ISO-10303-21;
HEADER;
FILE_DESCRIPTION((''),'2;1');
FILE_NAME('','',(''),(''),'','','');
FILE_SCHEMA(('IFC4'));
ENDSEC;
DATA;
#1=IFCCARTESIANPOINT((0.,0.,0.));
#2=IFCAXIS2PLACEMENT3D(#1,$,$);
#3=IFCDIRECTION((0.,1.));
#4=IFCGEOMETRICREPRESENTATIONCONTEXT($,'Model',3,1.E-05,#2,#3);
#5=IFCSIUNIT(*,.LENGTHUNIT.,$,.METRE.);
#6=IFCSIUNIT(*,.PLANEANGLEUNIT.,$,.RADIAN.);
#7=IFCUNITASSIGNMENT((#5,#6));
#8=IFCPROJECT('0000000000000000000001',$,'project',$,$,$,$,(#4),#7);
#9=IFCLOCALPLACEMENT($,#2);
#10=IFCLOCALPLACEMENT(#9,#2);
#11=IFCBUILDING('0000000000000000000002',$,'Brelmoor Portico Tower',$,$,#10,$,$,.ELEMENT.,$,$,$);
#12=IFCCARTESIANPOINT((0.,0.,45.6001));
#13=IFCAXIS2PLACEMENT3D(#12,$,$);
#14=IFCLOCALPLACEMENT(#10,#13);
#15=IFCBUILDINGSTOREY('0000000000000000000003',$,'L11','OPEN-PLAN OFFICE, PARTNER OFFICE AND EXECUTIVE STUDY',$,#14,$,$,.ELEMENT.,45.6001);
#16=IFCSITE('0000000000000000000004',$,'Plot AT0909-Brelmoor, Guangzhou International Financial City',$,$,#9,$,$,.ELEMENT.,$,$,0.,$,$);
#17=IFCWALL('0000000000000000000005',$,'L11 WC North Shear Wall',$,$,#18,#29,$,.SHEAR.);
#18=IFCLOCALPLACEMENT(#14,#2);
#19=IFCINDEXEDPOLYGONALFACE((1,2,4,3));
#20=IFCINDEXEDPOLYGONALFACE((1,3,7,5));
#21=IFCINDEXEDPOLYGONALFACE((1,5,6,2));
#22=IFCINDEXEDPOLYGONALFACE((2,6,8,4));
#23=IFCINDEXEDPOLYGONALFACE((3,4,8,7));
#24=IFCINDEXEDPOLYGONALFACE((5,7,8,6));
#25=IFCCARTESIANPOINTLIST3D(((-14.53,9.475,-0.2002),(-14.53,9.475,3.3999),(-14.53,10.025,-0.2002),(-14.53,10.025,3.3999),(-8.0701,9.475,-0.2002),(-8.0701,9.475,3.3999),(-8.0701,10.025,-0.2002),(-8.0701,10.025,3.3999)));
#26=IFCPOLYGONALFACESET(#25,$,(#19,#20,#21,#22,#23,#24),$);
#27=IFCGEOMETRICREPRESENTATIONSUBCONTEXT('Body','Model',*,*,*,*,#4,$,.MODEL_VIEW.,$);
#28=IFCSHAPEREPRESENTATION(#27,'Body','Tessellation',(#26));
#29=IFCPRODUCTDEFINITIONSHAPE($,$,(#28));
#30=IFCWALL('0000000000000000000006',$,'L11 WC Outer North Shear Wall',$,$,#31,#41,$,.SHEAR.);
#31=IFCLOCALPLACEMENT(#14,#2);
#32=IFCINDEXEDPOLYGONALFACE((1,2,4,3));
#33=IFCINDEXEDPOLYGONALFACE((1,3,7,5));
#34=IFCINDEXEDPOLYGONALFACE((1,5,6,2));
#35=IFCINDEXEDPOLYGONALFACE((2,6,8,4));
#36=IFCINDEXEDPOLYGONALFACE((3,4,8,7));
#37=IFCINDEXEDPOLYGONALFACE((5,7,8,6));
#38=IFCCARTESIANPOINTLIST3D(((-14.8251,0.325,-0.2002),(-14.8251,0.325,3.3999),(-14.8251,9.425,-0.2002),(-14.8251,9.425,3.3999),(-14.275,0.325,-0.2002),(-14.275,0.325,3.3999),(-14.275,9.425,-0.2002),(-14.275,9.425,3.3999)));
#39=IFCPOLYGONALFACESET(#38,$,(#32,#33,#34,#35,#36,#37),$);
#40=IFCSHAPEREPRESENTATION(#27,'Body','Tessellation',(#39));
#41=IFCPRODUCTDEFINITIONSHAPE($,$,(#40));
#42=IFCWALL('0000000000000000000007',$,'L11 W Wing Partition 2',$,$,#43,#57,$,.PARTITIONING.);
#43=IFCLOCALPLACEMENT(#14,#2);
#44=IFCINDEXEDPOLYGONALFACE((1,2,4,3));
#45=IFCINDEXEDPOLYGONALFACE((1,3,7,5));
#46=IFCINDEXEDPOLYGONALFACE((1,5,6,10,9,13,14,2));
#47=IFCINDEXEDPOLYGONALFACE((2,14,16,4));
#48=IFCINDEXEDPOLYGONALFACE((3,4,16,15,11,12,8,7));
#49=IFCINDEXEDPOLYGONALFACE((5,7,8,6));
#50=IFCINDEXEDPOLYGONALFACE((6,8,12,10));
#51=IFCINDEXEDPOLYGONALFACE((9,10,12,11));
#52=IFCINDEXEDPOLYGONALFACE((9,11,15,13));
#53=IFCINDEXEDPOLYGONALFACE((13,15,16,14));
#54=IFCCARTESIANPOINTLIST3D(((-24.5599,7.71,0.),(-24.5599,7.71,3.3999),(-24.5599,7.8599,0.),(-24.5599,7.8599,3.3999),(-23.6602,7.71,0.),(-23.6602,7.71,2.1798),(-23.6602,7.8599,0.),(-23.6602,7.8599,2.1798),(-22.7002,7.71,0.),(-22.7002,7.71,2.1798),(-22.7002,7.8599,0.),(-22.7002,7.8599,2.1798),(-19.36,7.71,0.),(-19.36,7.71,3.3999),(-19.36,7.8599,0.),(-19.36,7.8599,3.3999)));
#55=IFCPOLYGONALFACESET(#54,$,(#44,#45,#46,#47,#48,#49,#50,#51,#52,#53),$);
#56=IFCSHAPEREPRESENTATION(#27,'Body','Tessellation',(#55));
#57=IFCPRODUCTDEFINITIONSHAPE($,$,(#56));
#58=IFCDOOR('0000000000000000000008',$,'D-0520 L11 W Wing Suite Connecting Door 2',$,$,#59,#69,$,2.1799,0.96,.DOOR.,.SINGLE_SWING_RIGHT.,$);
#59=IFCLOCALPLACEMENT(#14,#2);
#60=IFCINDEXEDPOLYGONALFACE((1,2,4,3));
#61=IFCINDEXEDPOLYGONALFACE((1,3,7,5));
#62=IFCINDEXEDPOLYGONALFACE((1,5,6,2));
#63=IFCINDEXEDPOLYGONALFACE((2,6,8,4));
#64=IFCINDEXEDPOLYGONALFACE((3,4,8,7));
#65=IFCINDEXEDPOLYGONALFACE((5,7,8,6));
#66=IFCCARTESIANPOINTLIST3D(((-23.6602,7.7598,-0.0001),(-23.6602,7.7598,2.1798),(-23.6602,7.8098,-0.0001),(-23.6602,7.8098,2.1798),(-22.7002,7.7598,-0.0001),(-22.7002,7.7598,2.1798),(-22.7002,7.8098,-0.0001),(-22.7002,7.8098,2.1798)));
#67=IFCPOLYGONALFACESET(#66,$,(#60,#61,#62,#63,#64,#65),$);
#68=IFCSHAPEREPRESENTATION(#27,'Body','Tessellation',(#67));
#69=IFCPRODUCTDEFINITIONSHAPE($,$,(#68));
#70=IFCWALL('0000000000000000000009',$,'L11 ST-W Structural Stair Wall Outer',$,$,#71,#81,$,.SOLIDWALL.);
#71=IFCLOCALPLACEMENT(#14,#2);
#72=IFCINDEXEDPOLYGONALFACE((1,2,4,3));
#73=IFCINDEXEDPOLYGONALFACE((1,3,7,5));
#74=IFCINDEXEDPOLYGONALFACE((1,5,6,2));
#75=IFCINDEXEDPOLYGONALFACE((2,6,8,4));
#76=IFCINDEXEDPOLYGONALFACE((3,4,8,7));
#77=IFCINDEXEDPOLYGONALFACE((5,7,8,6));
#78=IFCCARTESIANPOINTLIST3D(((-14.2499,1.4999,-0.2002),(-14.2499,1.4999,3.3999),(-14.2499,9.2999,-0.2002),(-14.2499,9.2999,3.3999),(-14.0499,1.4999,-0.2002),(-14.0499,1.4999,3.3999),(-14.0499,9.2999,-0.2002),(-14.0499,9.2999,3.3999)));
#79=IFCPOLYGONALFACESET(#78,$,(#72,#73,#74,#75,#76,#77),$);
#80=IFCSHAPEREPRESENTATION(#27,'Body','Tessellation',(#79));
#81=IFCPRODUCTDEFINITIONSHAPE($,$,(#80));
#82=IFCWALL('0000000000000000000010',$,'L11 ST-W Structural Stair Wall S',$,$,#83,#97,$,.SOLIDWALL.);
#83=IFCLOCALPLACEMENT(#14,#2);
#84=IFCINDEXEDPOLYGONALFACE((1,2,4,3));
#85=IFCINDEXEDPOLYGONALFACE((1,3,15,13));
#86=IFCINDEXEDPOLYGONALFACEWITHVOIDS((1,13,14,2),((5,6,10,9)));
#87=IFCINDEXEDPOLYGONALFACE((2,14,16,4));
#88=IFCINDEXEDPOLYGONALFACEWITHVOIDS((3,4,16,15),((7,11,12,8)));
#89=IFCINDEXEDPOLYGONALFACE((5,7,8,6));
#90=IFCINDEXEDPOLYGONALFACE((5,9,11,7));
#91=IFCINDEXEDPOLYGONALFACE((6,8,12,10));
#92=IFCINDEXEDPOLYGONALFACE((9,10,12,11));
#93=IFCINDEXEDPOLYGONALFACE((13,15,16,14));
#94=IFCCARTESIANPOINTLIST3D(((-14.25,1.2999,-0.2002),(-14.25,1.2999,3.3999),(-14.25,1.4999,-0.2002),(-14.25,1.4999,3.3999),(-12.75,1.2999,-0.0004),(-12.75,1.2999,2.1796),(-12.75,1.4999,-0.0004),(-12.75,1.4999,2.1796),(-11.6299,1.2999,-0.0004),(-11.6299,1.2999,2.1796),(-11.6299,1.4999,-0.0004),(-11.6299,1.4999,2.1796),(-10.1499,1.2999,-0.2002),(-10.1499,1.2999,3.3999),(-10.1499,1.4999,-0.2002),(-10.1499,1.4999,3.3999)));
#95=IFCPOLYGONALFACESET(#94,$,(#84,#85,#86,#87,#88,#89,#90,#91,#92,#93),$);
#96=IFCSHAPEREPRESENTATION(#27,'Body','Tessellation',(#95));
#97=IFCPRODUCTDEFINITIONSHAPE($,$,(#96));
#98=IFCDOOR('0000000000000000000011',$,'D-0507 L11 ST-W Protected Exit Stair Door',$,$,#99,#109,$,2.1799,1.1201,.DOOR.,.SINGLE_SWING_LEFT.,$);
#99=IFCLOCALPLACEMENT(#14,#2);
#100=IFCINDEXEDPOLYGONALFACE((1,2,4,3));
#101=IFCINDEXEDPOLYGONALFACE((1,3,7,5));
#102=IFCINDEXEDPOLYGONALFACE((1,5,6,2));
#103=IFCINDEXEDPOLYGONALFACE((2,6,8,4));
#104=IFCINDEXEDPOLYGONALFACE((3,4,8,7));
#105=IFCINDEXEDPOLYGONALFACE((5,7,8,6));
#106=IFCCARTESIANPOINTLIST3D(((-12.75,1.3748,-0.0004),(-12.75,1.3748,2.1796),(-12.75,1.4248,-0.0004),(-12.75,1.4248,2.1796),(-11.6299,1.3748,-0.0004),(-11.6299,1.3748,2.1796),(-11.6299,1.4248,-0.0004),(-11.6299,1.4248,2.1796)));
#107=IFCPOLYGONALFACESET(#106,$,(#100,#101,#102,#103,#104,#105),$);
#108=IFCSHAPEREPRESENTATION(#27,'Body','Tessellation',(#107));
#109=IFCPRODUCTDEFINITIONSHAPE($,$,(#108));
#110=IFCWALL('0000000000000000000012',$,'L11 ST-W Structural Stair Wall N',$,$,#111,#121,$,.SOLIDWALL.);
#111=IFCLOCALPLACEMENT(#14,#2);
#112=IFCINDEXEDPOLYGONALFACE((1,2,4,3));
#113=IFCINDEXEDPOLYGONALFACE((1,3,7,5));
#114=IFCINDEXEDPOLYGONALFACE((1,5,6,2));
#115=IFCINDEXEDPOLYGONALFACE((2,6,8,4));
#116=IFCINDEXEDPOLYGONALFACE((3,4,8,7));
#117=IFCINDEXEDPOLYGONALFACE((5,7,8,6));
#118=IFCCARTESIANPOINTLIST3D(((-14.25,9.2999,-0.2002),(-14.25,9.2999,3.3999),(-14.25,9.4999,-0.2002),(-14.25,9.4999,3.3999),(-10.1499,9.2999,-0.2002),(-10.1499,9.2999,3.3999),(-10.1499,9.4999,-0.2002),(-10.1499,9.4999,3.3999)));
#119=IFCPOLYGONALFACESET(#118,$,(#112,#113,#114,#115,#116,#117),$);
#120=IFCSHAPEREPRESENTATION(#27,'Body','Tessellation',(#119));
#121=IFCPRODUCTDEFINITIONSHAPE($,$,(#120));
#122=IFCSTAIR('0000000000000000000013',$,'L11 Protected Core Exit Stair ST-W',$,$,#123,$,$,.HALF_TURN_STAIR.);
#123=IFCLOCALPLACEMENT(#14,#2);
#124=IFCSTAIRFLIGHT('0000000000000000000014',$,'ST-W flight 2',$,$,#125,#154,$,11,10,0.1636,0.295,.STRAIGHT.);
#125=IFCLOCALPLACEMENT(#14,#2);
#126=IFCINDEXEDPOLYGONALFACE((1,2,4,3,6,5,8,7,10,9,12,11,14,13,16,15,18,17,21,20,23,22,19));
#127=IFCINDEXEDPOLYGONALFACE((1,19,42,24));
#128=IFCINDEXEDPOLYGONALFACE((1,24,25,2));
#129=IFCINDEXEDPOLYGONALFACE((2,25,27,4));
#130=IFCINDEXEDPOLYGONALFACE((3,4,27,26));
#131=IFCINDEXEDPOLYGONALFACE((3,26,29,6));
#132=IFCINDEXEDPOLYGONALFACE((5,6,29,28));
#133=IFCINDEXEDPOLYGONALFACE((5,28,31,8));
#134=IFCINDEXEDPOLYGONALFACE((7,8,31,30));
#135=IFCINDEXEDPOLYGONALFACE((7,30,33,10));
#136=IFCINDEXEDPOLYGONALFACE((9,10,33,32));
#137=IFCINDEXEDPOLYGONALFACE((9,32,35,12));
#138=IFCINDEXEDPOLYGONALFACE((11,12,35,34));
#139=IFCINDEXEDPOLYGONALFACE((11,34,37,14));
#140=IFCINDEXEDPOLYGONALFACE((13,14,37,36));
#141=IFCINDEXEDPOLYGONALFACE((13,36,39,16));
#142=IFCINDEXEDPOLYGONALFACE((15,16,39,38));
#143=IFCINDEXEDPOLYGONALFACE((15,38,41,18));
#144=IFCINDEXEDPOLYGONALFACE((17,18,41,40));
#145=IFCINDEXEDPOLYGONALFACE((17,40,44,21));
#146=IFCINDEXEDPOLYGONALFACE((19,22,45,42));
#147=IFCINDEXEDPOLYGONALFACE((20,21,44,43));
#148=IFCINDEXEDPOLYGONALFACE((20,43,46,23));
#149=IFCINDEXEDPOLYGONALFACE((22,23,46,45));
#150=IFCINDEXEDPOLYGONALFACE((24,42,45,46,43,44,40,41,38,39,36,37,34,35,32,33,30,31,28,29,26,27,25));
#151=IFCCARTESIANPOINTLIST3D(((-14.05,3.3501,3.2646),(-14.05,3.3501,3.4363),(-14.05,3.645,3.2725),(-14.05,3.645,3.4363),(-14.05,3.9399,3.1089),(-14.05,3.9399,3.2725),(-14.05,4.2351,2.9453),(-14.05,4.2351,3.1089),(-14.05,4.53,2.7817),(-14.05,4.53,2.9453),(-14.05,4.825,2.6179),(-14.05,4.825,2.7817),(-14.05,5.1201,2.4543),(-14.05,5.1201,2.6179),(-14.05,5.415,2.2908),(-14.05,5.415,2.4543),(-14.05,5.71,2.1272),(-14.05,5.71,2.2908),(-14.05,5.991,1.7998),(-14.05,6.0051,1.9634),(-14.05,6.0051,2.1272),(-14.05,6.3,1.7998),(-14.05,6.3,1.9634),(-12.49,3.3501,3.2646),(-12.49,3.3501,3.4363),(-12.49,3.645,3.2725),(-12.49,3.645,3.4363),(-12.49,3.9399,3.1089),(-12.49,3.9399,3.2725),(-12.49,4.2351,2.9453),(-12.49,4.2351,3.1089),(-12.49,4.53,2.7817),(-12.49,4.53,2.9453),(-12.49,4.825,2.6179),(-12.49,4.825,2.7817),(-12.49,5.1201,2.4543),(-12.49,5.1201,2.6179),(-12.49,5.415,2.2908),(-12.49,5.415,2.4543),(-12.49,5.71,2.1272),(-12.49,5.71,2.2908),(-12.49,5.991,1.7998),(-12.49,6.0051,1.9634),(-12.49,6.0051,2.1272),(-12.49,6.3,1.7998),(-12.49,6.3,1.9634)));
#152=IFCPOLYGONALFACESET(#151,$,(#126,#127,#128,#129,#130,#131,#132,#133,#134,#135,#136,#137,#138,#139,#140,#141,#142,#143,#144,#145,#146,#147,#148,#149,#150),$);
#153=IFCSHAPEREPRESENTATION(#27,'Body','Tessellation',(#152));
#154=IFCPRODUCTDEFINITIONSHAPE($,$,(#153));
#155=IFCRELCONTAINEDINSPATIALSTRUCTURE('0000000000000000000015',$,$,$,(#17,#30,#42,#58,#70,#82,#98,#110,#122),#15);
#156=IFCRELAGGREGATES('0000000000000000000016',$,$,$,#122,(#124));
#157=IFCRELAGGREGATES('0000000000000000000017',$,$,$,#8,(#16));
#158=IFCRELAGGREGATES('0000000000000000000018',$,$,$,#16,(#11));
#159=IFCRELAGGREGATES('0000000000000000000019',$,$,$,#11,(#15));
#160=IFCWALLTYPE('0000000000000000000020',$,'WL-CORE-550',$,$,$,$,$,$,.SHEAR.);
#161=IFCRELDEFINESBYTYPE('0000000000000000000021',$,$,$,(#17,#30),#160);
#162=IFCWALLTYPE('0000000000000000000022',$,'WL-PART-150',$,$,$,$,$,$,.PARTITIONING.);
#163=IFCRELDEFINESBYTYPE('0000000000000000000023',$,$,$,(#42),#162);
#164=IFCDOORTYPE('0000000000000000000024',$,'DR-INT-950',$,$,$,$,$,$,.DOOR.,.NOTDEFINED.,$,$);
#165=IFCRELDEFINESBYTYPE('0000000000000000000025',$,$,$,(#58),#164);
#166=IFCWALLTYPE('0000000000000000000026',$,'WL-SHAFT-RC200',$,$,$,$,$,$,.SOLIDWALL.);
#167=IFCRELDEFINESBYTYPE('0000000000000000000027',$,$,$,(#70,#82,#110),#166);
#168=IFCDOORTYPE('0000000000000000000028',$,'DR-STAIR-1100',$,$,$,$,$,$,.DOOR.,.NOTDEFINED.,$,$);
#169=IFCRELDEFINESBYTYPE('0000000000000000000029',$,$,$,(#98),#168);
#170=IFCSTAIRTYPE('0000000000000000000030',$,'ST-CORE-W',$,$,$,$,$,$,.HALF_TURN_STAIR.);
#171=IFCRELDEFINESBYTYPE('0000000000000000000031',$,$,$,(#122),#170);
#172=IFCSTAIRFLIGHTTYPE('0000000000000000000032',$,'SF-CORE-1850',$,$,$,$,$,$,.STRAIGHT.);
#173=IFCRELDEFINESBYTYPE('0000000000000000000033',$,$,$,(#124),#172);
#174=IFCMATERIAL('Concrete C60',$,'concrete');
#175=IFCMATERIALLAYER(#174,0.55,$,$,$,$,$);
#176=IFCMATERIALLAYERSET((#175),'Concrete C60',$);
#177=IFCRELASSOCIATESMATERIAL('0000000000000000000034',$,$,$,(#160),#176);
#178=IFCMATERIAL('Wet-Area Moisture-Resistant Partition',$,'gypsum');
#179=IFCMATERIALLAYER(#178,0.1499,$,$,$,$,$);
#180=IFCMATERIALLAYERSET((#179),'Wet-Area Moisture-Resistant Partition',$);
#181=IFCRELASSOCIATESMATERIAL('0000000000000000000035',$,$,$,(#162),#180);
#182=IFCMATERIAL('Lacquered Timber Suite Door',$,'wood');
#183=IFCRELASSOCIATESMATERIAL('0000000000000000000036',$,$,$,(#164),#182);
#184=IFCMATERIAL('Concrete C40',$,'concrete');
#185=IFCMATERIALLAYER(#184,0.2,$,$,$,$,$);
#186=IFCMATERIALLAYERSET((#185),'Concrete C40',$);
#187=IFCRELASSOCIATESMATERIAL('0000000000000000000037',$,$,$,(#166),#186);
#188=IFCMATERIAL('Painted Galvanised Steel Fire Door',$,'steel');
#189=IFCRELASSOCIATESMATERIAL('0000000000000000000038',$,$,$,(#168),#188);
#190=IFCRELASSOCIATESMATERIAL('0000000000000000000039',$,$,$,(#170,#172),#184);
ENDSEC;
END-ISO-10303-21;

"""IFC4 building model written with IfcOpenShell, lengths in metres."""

from ifc_helpers import new_model, si_unit, direction, frame, frame_2d, origin, place, context, subcontext, project, spatial, polyline, rectangle, outline, extrude, material, layer, layer_set, type_object, element, fill, aggregate, save


model = new_model("IFC4")

# Units and contexts
model_context = context("Model", 3, precision=1e-05, world=origin(), true_north=direction((0.0, 1.0)))
body_context = subcontext(model_context, "Body", "Model", "MODEL_VIEW")
ifc_project = project(units=[si_unit("LENGTHUNIT", "METRE"), si_unit("PLANEANGLEUNIT", "RADIAN")], contexts=[model_context])

# Site, building, storey
site_placement = place(None, origin())
site = spatial("IfcSite", under=ifc_project, at=site_placement, Name="Plot AT0909-Brelmoor, Guangzhou International Financial City", CompositionType="ELEMENT", RefElevation=0.0)
building_placement = place(site_placement, origin())
building = spatial("IfcBuilding", under=site, at=building_placement, Name="Brelmoor Portico Tower", CompositionType="ELEMENT")
storey_placement = place(building_placement, frame((0.0, 0.0, 45.6001)))
storey = spatial("IfcBuildingStorey", under=building, at=storey_placement, Name="L11", Description="OPEN-PLAN OFFICE, PARTNER OFFICE AND EXECUTIVE STUDY", CompositionType="ELEMENT", Elevation=45.6001)

# Walls
ifc_material_1 = material(Name="Concrete C60", Category="concrete")
ifc_layer_1 = layer(ifc_material_1, 0.55)
ifc_layer_set_1 = layer_set([ifc_layer_1], Name="Concrete C60")
wall_type_1 = type_object("IfcWallType", Name="WL-CORE-550", PredefinedType="SHEAR", material=ifc_layer_set_1)
wall_1_placement = place(storey_placement, frame((-14.53, 9.75, -0.2002), z_axis=(0.0, 0.0, 1.0), x_axis=(1.0, 0.0, 0.0)))
element("IfcWall", 1, at=wall_1_placement, inside=storey, type_object=wall_type_1, Name="L11 WC North Shear Wall", PredefinedType="SHEAR", context=body_context, shape_type="SweptSolid", body=[
    extrude(rectangle(XDim=6.46, YDim=0.55, at=frame_2d((3.23, 0.0))), origin(), (0.0, 0.0, 1.0), 3.6001),
])
wall_2_placement = place(storey_placement, frame((-14.55, 0.325, -0.2002), z_axis=(0.0, 0.0, 1.0), x_axis=(0.0, 1.0, 0.0)))
element("IfcWall", 2, at=wall_2_placement, inside=storey, type_object=wall_type_1, Name="L11 WC Outer North Shear Wall", PredefinedType="SHEAR", context=body_context, shape_type="SweptSolid", body=[
    extrude(rectangle(XDim=9.1001, YDim=0.55, at=frame_2d((4.55, 0.0))), origin(), (0.0, 0.0, 1.0), 3.6001),
])

# Wall, opening, door
ifc_material_2 = material(Name="Wet-Area Moisture-Resistant Partition", Category="gypsum")
ifc_layer_2 = layer(ifc_material_2, 0.1499)
ifc_layer_set_2 = layer_set([ifc_layer_2], Name="Wet-Area Moisture-Resistant Partition")
wall_type_2 = type_object("IfcWallType", Name="WL-PART-150", PredefinedType="PARTITIONING", material=ifc_layer_set_2)
wall_3_placement = place(storey_placement, frame((-24.5601, 7.7849, 0.0), z_axis=(0.0, 0.0, 1.0), x_axis=(1.0, 0.0, 0.0)))
wall_3 = element("IfcWall", 3, at=wall_3_placement, inside=storey, type_object=wall_type_2, Name="L11 W Wing Partition 2", PredefinedType="PARTITIONING", context=body_context, shape_type="SweptSolid", body=[
    extrude(rectangle(XDim=5.2, YDim=0.1499, at=frame_2d((2.6001, 0.0))), origin(), (0.0, 0.0, 1.0), 3.3999),
])
opening_1_placement = place(wall_3_placement, frame((0.8999, 0.0, 0.0)))
opening_1 = element("IfcOpeningElement", 4, at=opening_1_placement, cuts=wall_3, PredefinedType="OPENING", context=body_context, shape_type="SweptSolid", body=[
    extrude(rectangle(XDim=0.96, YDim=2.1799, at=frame_2d((0.48, 1.0898))), frame((0.0, 0.085, 0.0), z_axis=(0.0, -1.0, 0.0), x_axis=(1.0, 0.0, 0.0)), (0.0, 0.0, 1.0), 0.1699),
])
ifc_material_3 = material(Name="Lacquered Timber Suite Door", Category="wood")
door_type_1 = type_object("IfcDoorType", Name="DR-INT-950", OperationType="NOTDEFINED", PredefinedType="DOOR", material=ifc_material_3)
door_1_placement = place(opening_1_placement, origin())
door_1 = element("IfcDoor", 5, at=door_1_placement, inside=storey, type_object=door_type_1, Name="D-0520 L11 W Wing Suite Connecting Door 2", OperationType="SINGLE_SWING_RIGHT", OverallHeight=2.1799, OverallWidth=0.96, PredefinedType="DOOR", context=body_context, shape_type="SweptSolid", body=[
    extrude(rectangle(XDim=0.96, YDim=2.1799, at=frame_2d((0.48, 1.0898))), frame((0.0, 0.0249, 0.0), z_axis=(0.0, -1.0, 0.0), x_axis=(1.0, 0.0, 0.0)), (0.0, 0.0, 1.0), 0.05),
])
fill(opening_1, door_1)

# Wall
ifc_material_4 = material(Name="Concrete C40", Category="concrete")
ifc_layer_3 = layer(ifc_material_4, 0.2)
ifc_layer_set_3 = layer_set([ifc_layer_3], Name="Concrete C40")
wall_type_3 = type_object("IfcWallType", Name="WL-SHAFT-RC200", PredefinedType="SOLIDWALL", material=ifc_layer_set_3)
wall_4_placement = place(storey_placement, frame((-14.1499, 1.5, -0.2002), z_axis=(0.0, 0.0, 1.0), x_axis=(0.0, 1.0, 0.0)))
element("IfcWall", 6, at=wall_4_placement, inside=storey, type_object=wall_type_3, Name="L11 ST-W Structural Stair Wall Outer", PredefinedType="SOLIDWALL", context=body_context, shape_type="SweptSolid", body=[
    extrude(rectangle(XDim=7.8, YDim=0.2, at=frame_2d((3.8999, 0.0))), origin(), (0.0, 0.0, 1.0), 3.6001),
])

# Wall, opening, door
wall_5_placement = place(storey_placement, frame((-14.25, 1.3999, -0.2002), z_axis=(0.0, 0.0, 1.0), x_axis=(1.0, 0.0, 0.0)))
wall_5 = element("IfcWall", 7, at=wall_5_placement, inside=storey, type_object=wall_type_3, Name="L11 ST-W Structural Stair Wall S", PredefinedType="SOLIDWALL", context=body_context, shape_type="SweptSolid", body=[
    extrude(rectangle(XDim=4.1001, YDim=0.2, at=frame_2d((2.05, 0.0))), origin(), (0.0, 0.0, 1.0), 3.6001),
])
opening_2_placement = place(wall_5_placement, frame((1.5, 0.0, 0.2)))
opening_2 = element("IfcOpeningElement", 8, at=opening_2_placement, cuts=wall_5, PredefinedType="OPENING", context=body_context, shape_type="SweptSolid", body=[
    extrude(rectangle(XDim=1.1201, YDim=2.1799, at=frame_2d((0.5601, 1.0898))), frame((0.0, 0.1099, 0.0), z_axis=(0.0, -1.0, 0.0), x_axis=(1.0, 0.0, 0.0)), (0.0, 0.0, 1.0), 0.22),
])
ifc_material_5 = material(Name="Painted Galvanised Steel Fire Door", Category="steel")
door_type_2 = type_object("IfcDoorType", Name="DR-STAIR-1100", OperationType="NOTDEFINED", PredefinedType="DOOR", material=ifc_material_5)
door_2_placement = place(opening_2_placement, origin())
door_2 = element("IfcDoor", 9, at=door_2_placement, inside=storey, type_object=door_type_2, Name="D-0507 L11 ST-W Protected Exit Stair Door", OperationType="SINGLE_SWING_LEFT", OverallHeight=2.1799, OverallWidth=1.1201, PredefinedType="DOOR", context=body_context, shape_type="SweptSolid", body=[
    extrude(rectangle(XDim=1.1201, YDim=2.1799, at=frame_2d((0.5601, 1.0898))), frame((0.0, 0.0249, 0.0), z_axis=(0.0, -1.0, 0.0), x_axis=(1.0, 0.0, 0.0)), (0.0, 0.0, 1.0), 0.05),
])
fill(opening_2, door_2)

# Wall
wall_6_placement = place(storey_placement, frame((-14.25, 9.3999, -0.2002), z_axis=(0.0, 0.0, 1.0), x_axis=(1.0, 0.0, 0.0)))
element("IfcWall", 10, at=wall_6_placement, inside=storey, type_object=wall_type_3, Name="L11 ST-W Structural Stair Wall N", PredefinedType="SOLIDWALL", context=body_context, shape_type="SweptSolid", body=[
    extrude(rectangle(XDim=4.1001, YDim=0.2, at=frame_2d((2.05, 0.0))), origin(), (0.0, 0.0, 1.0), 3.6001),
])

# Stair, stair flight
stair_type = type_object("IfcStairType", Name="ST-CORE-W", PredefinedType="HALF_TURN_STAIR", material=ifc_material_4)
stair_placement = place(storey_placement, origin())
stair = element("IfcStair", 11, at=stair_placement, inside=storey, type_object=stair_type, Name="L11 Protected Core Exit Stair ST-W", PredefinedType="HALF_TURN_STAIR")
stair_flight_type = type_object("IfcStairFlightType", Name="SF-CORE-1850", PredefinedType="STRAIGHT", material=ifc_material_4)
stair_flight_placement = place(storey_placement, frame((-13.27, 6.3, 1.7998), z_axis=(0.0, 0.0, 1.0), x_axis=(0.0, -1.0, 0.0)))
stair_flight = element("IfcStairFlight", 12, at=stair_flight_placement, type_object=stair_flight_type, Name="ST-W flight 2", NumberOfRisers=11, NumberOfTreads=10, PredefinedType="STRAIGHT", RiserHeight=0.1636, TreadLength=0.295, context=body_context, shape_type="SweptSolid", body=[
    extrude(outline(polyline([(0.0, 0.0), (0.0, 0.1636), (0.2949, 0.1636), (0.2949, 0.3274), (0.5901, 0.3274), (0.5901, 0.491), (0.885, 0.491), (0.885, 0.6545), (1.1799, 0.6545), (1.1799, 0.8181), (1.4751, 0.8181), (1.4751, 0.9819), (1.77, 0.9819), (1.77, 1.1455), (2.0649, 1.1455), (2.0649, 1.3091), (2.3601, 1.3091), (2.3601, 1.4727), (2.655, 1.4727), (2.655, 1.6365), (2.95, 1.6365), (2.95, 1.8), (2.95, 1.4648), (0.3091, 0.0), (0.0, 0.0)])), frame((0.0, 0.78, 0.0), z_axis=(0.0, -1.0, 0.0), x_axis=(1.0, 0.0, 0.0)), (0.0, 0.0, 1.0), 1.5601),
])
aggregate(stair, [stair_flight])

save(model, "model.ifc")
